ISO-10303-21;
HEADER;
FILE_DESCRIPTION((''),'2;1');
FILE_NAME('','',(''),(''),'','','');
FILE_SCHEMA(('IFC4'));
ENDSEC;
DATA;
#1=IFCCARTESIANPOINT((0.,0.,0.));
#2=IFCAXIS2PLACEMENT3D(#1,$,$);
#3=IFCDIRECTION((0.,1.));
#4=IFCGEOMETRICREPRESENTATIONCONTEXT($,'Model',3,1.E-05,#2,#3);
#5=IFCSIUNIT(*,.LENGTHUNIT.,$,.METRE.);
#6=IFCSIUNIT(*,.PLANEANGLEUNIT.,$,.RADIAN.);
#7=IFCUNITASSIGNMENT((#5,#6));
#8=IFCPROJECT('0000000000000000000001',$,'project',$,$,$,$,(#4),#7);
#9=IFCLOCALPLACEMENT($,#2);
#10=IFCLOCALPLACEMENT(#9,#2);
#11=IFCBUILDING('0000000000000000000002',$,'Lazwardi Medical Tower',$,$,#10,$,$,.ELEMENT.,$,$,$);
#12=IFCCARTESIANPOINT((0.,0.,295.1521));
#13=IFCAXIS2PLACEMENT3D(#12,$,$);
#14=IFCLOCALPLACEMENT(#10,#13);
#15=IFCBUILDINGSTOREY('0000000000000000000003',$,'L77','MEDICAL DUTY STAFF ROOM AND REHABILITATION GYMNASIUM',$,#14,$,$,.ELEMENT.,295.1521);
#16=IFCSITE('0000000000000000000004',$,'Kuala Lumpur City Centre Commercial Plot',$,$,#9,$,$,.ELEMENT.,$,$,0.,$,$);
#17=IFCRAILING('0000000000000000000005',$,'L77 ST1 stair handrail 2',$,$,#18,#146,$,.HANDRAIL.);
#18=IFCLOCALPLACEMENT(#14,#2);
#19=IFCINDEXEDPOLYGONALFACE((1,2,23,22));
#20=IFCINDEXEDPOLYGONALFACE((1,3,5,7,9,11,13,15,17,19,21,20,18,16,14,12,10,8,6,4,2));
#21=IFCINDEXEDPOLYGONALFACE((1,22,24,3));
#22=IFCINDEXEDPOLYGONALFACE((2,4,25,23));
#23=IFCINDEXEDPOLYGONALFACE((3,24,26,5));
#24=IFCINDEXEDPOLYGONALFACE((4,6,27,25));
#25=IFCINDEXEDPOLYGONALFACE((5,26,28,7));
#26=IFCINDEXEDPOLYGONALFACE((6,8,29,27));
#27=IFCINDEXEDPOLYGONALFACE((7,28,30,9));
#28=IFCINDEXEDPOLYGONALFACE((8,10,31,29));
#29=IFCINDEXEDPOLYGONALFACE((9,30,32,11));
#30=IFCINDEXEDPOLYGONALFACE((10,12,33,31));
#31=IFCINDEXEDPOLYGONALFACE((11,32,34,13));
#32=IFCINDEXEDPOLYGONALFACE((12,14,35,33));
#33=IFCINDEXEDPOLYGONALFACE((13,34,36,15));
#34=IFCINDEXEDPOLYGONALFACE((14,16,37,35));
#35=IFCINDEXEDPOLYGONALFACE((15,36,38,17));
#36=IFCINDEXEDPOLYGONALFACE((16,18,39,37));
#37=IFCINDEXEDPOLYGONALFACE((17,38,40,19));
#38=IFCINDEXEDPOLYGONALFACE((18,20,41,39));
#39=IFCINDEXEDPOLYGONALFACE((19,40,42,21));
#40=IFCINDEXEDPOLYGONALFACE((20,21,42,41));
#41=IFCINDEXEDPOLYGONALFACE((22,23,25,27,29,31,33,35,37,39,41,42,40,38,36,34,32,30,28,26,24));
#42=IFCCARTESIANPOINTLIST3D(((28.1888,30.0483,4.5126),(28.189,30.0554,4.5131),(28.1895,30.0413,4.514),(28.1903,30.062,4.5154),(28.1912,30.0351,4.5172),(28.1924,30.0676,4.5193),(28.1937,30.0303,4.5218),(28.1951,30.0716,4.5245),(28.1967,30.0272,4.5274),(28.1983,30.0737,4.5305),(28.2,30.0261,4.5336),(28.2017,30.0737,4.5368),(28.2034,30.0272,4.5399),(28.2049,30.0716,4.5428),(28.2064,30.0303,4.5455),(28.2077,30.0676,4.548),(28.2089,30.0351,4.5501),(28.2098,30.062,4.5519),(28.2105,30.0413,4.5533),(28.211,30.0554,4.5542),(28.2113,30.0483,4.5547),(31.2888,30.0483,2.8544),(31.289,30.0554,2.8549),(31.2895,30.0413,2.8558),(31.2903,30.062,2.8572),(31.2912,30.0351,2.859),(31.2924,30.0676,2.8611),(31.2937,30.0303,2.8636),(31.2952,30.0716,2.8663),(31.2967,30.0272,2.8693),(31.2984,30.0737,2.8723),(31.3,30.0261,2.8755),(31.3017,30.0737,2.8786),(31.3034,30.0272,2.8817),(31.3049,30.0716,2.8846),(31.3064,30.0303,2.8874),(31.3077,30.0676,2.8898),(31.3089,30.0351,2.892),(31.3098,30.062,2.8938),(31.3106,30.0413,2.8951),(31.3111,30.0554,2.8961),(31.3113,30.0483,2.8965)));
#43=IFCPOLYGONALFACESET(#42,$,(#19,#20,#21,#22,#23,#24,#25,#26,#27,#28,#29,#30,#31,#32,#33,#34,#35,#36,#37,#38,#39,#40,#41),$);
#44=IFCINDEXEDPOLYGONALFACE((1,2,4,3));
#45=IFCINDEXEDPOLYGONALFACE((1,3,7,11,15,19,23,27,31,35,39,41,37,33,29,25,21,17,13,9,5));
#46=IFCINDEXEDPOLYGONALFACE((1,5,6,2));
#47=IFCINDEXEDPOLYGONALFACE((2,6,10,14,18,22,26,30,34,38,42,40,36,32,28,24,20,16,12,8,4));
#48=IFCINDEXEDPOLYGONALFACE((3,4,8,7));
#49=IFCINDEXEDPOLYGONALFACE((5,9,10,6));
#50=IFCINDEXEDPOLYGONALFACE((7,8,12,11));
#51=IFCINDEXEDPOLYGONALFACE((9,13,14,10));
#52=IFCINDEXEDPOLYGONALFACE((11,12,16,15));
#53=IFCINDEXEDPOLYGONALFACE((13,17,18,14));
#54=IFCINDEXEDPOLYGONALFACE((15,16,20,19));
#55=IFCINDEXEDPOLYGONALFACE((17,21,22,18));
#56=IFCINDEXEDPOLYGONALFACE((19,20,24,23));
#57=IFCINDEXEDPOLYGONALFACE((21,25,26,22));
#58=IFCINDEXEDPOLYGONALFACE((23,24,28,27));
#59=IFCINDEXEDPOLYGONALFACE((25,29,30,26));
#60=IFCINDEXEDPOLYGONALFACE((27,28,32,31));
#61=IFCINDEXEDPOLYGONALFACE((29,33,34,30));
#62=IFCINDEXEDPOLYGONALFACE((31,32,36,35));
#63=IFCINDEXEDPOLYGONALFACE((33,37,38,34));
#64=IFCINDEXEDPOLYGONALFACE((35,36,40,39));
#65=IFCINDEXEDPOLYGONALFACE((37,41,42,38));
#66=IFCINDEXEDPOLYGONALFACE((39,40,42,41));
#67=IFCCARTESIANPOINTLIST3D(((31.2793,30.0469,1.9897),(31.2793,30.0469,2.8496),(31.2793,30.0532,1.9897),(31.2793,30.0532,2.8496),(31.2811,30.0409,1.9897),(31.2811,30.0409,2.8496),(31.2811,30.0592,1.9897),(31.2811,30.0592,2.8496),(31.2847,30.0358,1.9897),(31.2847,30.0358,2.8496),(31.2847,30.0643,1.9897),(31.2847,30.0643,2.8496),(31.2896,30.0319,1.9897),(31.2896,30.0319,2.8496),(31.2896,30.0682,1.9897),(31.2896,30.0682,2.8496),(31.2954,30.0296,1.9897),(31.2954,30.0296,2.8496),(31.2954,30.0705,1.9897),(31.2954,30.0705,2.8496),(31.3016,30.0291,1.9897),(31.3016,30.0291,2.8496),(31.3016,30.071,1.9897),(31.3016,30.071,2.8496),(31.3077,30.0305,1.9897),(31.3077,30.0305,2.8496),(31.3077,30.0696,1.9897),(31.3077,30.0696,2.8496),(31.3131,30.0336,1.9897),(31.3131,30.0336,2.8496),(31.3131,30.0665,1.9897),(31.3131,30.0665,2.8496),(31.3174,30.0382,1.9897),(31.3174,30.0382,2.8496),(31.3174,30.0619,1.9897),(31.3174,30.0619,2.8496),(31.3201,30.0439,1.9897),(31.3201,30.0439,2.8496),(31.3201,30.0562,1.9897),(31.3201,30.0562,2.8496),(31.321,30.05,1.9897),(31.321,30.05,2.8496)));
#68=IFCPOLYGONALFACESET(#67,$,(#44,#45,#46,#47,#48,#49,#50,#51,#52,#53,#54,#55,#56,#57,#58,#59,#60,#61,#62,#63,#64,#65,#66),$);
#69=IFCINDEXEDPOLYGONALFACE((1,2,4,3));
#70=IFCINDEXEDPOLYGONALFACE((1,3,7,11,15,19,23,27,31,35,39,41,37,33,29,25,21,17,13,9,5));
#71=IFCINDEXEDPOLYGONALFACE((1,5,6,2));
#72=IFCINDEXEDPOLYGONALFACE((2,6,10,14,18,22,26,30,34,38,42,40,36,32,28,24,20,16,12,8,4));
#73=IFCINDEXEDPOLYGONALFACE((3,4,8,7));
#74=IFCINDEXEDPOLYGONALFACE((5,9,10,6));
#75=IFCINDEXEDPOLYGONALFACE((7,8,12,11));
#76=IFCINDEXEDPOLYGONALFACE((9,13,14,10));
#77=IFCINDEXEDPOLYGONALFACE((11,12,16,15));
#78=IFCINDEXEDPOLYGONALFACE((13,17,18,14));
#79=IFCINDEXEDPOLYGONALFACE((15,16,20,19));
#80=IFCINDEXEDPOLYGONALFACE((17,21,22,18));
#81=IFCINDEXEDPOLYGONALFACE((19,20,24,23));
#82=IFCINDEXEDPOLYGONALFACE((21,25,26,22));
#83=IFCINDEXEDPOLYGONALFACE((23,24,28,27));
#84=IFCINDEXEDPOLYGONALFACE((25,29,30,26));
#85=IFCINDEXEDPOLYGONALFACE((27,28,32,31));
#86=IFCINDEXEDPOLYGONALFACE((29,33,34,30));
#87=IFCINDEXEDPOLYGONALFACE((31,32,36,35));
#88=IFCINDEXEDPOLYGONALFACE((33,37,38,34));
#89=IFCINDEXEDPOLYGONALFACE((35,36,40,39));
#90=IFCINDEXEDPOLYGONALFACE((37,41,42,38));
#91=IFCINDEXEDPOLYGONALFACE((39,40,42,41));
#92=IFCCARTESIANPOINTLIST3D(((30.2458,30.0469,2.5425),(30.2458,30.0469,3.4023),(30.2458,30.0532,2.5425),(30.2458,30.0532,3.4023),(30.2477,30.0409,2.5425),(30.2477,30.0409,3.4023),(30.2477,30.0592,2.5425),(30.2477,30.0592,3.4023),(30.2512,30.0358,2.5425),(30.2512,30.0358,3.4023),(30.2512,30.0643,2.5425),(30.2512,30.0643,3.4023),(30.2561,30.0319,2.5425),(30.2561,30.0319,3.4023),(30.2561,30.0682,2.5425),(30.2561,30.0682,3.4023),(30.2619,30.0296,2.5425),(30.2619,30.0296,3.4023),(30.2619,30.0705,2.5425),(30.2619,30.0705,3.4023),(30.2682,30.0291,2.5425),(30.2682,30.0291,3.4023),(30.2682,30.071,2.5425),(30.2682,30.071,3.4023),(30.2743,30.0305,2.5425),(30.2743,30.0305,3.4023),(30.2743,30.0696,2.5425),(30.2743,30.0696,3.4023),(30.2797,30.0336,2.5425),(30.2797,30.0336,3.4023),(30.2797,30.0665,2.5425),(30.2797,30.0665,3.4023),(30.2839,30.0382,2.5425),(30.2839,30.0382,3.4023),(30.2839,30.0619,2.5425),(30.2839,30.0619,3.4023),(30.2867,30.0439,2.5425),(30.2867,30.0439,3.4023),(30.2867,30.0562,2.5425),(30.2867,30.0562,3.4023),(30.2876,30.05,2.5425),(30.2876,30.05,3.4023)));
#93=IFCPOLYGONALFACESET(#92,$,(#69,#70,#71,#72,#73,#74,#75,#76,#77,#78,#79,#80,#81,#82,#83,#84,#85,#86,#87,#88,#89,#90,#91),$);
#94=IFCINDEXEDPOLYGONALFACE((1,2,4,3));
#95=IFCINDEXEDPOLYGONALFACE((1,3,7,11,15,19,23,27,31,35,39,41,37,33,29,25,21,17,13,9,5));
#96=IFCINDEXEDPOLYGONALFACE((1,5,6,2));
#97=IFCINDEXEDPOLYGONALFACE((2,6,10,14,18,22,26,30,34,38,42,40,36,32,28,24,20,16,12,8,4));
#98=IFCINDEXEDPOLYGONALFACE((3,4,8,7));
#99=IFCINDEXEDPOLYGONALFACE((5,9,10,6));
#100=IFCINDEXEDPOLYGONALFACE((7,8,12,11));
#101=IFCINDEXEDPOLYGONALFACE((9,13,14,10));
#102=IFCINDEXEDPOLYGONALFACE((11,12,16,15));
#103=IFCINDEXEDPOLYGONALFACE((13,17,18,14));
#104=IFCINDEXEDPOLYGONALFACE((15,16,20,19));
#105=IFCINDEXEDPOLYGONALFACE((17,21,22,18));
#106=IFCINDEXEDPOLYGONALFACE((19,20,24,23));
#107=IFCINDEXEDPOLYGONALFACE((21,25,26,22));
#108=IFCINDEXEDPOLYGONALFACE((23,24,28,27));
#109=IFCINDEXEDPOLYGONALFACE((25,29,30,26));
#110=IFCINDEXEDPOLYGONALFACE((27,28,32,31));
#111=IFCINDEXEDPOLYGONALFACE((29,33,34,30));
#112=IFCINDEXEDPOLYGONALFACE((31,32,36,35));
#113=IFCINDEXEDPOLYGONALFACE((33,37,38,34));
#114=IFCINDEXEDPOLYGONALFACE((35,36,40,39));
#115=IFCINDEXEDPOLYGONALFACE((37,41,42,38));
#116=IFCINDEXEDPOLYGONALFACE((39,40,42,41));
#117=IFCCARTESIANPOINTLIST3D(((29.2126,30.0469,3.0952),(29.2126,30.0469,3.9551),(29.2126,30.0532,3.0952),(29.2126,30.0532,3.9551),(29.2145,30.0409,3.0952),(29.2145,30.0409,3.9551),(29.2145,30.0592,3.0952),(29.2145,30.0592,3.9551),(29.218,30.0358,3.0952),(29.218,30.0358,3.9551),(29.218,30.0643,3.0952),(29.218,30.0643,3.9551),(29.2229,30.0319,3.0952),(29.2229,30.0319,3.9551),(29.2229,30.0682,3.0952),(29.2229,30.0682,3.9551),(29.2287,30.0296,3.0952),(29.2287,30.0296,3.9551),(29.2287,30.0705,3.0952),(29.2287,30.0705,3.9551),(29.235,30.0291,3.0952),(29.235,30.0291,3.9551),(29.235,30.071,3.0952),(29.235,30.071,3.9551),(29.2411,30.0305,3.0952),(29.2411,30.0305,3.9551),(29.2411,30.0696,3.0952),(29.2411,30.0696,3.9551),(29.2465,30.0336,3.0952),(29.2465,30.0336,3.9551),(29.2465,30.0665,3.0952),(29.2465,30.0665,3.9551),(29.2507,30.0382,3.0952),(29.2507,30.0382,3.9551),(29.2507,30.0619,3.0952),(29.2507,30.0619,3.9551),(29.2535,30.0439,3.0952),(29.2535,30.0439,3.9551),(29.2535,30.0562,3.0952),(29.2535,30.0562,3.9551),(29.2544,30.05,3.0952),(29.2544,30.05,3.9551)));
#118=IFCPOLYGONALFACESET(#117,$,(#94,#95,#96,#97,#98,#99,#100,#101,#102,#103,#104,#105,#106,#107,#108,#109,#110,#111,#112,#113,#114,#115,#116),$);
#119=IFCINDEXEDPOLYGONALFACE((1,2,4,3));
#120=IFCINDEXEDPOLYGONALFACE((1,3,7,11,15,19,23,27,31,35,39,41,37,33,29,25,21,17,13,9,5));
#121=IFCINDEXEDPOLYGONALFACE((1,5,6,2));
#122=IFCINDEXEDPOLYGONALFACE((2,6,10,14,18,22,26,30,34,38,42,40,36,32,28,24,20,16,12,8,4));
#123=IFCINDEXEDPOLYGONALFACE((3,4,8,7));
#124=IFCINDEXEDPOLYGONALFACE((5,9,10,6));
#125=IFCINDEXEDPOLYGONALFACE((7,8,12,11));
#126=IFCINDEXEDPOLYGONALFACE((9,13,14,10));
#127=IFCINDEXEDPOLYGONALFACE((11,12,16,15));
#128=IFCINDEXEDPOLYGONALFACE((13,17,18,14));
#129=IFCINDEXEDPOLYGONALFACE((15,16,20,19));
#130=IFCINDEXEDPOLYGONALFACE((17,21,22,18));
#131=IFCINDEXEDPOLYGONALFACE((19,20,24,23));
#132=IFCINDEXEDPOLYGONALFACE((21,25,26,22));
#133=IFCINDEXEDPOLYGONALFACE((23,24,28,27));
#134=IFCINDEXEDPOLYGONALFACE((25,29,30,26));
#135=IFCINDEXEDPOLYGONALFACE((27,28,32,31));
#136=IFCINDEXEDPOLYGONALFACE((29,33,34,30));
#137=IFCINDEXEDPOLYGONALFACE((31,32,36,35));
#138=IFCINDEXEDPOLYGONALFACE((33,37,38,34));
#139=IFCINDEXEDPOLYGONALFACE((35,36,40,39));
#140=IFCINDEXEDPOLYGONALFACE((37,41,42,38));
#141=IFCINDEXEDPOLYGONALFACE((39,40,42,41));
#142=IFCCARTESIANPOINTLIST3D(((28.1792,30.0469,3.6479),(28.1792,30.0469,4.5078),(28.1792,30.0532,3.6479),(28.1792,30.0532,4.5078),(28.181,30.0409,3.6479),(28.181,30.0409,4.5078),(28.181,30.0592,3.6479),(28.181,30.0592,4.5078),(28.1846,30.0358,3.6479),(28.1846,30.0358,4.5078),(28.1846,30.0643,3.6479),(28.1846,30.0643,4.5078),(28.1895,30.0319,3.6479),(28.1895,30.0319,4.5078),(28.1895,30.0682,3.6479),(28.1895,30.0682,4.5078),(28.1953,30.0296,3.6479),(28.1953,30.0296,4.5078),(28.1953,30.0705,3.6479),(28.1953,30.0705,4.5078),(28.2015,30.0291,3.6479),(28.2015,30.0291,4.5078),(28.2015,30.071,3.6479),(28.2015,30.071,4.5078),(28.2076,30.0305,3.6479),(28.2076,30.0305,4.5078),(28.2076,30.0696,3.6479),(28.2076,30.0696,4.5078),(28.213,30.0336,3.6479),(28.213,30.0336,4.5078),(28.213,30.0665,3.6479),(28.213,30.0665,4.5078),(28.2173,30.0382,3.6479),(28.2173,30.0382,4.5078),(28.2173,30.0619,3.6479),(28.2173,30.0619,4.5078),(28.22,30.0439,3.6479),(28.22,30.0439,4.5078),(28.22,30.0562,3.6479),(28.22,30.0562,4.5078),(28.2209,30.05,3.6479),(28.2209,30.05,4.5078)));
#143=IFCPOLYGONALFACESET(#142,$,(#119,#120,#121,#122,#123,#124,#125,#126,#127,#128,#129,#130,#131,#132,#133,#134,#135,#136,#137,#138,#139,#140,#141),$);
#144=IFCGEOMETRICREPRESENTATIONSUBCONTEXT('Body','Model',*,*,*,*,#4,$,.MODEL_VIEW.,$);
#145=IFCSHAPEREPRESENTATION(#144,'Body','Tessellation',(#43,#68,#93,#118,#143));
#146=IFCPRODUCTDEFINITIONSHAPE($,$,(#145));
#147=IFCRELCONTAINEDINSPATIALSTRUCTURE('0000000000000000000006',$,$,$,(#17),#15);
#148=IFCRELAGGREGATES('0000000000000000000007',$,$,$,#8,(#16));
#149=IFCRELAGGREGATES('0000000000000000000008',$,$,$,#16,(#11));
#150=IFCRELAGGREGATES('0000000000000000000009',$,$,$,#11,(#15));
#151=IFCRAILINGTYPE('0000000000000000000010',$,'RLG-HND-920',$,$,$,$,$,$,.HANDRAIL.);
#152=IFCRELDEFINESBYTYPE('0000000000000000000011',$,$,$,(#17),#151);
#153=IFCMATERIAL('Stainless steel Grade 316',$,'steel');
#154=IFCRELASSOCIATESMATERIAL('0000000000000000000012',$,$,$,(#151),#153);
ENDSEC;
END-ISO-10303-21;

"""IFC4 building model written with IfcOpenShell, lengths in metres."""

from ifc_helpers import new_model, si_unit, direction, frame, origin, origin_2d, place, context, subcontext, project, spatial, circle, extrude, material, type_object, element, save


model = new_model("IFC4")

# Units and contexts
model_context = context("Model", 3, precision=1e-05, world=origin(), true_north=direction((0.0, 1.0)))
body_context = subcontext(model_context, "Body", "Model", "MODEL_VIEW")
ifc_project = project(units=[si_unit("LENGTHUNIT", "METRE"), si_unit("PLANEANGLEUNIT", "RADIAN")], contexts=[model_context])

# Site, building, storey
site_placement = place(None, origin())
site = spatial("IfcSite", under=ifc_project, at=site_placement, Name="Kuala Lumpur City Centre Commercial Plot", CompositionType="ELEMENT", RefElevation=0.0)
building_placement = place(site_placement, origin())
building = spatial("IfcBuilding", under=site, at=building_placement, Name="Lazwardi Medical Tower", CompositionType="ELEMENT")
storey_placement = place(building_placement, frame((0.0, 0.0, 295.1521)))
storey = spatial("IfcBuildingStorey", under=building, at=storey_placement, Name="L77", Description="MEDICAL DUTY STAFF ROOM AND REHABILITATION GYMNASIUM", CompositionType="ELEMENT", Elevation=295.1521)

# Railing
ifc_material_1 = material(Name="Stainless steel Grade 316", Category="steel")
railing_type_1 = type_object("IfcRailingType", Name="RLG-HND-920", PredefinedType="HANDRAIL", material=ifc_material_1)
railing_1_placement = place(storey_placement, frame((31.3, 30.05, 1.9897)))
element("IfcRailing", 1, at=railing_1_placement, inside=storey, type_object=railing_type_1, Name="L77 ST1 stair handrail 2", PredefinedType="HANDRAIL", context=body_context, shape_type="SweptSolid", body=[
    extrude(circle(Radius=0.0239, at=origin_2d()), frame((0.0, 0.0, 0.8857), z_axis=(-0.881783, 0.0, 0.471655), x_axis=(0.0, -1.0, 0.0)), (0.0, 0.0, 1.0), 3.5156),
    extrude(circle(Radius=0.021, at=origin_2d()), origin(), (0.0, 0.0, 1.0), 0.8599),
    extrude(circle(Radius=0.021, at=origin_2d()), frame((-1.0334, 0.0, 0.5527)), (0.0, 0.0, 1.0), 0.8599),
    extrude(circle(Radius=0.021, at=origin_2d()), frame((-2.0667, 0.0, 1.1055)), (0.0, 0.0, 1.0), 0.8599),
    extrude(circle(Radius=0.021, at=origin_2d()), frame((-3.1001, 0.0, 1.6582)), (0.0, 0.0, 1.0), 0.8599),
])

save(model, "model.ifc")
